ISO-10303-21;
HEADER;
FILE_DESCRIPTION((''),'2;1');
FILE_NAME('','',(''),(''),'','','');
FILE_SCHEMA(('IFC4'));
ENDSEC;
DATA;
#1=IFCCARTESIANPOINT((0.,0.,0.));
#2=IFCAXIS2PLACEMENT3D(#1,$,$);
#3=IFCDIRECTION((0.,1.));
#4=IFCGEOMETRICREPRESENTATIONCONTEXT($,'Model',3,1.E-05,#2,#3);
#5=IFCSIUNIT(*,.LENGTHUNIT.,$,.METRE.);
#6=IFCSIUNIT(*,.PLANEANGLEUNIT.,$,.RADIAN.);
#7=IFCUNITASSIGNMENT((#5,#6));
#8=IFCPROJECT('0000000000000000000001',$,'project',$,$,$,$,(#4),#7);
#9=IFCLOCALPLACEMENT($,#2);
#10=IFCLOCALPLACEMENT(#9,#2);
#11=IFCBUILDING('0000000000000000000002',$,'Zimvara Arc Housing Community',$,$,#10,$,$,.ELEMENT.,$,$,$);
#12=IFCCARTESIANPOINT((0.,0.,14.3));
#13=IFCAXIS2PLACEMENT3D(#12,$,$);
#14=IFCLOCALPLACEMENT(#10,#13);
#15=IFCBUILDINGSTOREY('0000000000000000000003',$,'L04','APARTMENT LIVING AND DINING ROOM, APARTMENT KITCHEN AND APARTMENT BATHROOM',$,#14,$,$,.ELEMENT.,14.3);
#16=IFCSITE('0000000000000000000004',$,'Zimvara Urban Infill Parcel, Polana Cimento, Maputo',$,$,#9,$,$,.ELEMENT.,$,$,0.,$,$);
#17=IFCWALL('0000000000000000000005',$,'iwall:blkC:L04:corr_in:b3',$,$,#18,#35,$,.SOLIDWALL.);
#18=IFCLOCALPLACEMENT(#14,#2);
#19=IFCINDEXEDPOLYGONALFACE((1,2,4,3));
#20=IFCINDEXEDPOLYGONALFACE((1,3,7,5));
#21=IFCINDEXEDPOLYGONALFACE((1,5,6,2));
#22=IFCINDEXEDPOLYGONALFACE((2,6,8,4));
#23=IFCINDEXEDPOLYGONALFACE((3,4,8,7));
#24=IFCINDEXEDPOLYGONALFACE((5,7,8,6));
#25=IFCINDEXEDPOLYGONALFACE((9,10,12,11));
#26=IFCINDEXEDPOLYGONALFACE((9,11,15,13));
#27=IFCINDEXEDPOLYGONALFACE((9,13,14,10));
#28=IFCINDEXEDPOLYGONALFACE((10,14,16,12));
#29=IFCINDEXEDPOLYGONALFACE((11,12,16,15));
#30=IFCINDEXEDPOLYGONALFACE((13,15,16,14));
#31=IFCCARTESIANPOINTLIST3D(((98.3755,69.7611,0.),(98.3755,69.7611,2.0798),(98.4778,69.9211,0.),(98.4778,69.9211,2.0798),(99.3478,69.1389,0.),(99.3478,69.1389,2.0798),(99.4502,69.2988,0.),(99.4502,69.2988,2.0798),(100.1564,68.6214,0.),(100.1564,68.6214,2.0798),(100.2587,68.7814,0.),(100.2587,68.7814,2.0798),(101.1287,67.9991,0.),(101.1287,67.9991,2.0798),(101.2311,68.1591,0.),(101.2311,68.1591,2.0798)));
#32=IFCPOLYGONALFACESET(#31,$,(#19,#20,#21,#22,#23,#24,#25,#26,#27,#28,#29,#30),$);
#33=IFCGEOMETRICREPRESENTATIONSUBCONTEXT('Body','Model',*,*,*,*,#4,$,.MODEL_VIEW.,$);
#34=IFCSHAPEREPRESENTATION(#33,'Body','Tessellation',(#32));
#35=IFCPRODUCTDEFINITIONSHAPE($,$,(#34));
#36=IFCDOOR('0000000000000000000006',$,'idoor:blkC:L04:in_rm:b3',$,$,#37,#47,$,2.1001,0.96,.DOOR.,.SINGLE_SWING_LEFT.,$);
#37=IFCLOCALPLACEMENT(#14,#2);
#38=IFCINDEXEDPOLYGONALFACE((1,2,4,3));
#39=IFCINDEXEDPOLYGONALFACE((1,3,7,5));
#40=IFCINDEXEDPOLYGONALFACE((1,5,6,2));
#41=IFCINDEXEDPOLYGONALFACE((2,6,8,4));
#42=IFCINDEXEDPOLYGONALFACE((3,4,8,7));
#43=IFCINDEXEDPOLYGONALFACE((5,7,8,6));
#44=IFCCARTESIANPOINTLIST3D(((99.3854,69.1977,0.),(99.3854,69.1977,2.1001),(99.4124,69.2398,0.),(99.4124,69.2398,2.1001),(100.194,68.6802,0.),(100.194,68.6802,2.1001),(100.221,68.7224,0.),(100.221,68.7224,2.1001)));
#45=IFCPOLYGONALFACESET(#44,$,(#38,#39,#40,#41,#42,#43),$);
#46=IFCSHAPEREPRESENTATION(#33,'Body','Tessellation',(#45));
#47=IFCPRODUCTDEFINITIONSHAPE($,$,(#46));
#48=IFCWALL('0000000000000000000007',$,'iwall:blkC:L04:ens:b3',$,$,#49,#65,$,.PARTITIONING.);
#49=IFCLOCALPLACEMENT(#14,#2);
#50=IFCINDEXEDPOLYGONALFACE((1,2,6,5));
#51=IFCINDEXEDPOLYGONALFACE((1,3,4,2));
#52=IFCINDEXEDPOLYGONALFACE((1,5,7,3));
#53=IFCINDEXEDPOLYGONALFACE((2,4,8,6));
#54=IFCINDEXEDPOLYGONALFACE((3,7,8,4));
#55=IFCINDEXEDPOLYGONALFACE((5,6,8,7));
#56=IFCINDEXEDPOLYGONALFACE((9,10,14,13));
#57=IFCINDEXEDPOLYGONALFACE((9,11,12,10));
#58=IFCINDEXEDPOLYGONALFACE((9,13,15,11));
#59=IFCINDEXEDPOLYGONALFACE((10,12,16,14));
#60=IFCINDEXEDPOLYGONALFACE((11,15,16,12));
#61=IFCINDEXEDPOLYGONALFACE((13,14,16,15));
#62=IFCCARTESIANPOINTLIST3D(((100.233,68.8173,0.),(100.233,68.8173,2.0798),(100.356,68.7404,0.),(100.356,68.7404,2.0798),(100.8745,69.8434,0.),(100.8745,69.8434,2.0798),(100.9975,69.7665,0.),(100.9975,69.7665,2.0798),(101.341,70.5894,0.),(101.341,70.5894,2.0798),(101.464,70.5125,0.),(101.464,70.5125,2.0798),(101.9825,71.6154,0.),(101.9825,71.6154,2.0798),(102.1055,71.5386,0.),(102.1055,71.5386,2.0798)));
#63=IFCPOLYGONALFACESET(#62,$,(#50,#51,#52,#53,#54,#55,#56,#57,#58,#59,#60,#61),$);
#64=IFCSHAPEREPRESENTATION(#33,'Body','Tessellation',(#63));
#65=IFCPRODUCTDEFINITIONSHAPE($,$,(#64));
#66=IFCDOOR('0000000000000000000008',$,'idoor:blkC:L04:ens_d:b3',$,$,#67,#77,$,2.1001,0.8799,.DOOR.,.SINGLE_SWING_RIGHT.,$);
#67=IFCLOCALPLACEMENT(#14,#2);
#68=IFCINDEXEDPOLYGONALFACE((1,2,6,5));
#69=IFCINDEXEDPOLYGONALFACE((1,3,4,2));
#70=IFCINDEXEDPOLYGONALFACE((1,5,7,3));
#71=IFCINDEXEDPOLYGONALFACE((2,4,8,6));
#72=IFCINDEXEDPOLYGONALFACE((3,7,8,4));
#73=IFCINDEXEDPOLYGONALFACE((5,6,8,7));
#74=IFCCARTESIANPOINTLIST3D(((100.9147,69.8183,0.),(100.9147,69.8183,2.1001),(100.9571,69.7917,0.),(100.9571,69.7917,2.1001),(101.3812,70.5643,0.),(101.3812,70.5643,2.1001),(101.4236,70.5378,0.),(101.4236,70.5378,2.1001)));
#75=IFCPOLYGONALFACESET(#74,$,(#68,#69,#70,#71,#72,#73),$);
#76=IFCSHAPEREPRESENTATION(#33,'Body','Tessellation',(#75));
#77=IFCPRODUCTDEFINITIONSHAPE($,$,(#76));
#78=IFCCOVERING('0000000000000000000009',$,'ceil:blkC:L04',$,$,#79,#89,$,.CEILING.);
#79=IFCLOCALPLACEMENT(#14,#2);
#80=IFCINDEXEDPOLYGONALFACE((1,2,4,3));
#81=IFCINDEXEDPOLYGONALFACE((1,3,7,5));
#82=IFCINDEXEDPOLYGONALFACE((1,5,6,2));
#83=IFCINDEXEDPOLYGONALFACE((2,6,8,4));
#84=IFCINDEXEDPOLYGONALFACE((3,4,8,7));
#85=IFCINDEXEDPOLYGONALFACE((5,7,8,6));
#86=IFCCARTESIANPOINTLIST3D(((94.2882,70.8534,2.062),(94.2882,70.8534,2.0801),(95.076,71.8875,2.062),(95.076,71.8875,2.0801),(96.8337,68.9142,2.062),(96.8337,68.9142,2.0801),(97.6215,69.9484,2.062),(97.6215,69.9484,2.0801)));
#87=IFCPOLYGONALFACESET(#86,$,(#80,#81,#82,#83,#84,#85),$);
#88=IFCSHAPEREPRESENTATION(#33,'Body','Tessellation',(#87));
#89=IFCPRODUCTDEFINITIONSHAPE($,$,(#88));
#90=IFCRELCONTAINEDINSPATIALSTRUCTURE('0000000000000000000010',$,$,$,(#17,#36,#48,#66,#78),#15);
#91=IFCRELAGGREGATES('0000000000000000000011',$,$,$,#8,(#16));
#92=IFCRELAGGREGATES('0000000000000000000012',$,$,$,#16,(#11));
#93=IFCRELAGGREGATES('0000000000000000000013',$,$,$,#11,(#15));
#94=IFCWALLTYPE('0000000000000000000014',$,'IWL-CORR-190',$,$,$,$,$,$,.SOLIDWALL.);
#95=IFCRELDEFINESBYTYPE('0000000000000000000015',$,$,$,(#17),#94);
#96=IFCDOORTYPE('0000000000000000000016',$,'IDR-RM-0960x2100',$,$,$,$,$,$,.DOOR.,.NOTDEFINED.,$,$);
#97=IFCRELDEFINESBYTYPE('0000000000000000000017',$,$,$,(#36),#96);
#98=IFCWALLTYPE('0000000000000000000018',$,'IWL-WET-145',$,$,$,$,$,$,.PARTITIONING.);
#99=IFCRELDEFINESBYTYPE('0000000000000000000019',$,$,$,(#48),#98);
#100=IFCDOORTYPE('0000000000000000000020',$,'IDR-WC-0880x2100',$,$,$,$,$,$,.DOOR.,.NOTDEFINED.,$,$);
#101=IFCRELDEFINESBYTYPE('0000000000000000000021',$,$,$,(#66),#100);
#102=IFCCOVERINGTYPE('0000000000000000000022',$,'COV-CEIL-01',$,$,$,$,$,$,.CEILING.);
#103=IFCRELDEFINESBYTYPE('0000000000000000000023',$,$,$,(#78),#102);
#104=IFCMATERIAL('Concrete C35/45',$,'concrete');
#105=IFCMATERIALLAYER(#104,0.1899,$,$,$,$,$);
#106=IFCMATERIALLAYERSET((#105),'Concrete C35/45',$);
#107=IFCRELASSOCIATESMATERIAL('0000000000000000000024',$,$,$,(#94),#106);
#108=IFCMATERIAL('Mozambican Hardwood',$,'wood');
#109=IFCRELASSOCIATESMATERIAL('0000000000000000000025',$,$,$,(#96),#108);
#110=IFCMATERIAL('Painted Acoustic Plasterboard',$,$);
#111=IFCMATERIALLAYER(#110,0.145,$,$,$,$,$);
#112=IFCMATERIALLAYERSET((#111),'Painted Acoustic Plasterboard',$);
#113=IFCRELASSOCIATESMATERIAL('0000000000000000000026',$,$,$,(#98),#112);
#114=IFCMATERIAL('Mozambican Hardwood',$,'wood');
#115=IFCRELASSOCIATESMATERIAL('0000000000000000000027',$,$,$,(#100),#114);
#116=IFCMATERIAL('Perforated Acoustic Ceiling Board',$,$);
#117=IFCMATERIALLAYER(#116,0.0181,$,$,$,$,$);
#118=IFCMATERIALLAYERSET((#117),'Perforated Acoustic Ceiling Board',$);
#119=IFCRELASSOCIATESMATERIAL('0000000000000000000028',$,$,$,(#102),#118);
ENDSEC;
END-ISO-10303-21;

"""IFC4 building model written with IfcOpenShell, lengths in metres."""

from ifc_helpers import new_model, si_unit, direction, frame, frame_2d, origin, origin_2d, place, context, subcontext, project, spatial, rectangle, extrude, material, layer, layer_set, type_object, element, fill, save


model = new_model("IFC4")

# Units and contexts
model_context = context("Model", 3, precision=1e-05, world=origin(), true_north=direction((0.0, 1.0)))
body_context = subcontext(model_context, "Body", "Model", "MODEL_VIEW")
ifc_project = project(units=[si_unit("LENGTHUNIT", "METRE"), si_unit("PLANEANGLEUNIT", "RADIAN")], contexts=[model_context])

# Site, building, storey
site_placement = place(None, origin())
site = spatial("IfcSite", under=ifc_project, at=site_placement, Name="Zimvara Urban Infill Parcel, Polana Cimento, Maputo", CompositionType="ELEMENT", RefElevation=0.0)
building_placement = place(site_placement, origin())
building = spatial("IfcBuilding", under=site, at=building_placement, Name="Zimvara Arc Housing Community", CompositionType="ELEMENT")
storey_placement = place(building_placement, frame((0.0, 0.0, 14.3)))
storey = spatial("IfcBuildingStorey", under=building, at=storey_placement, Name="L04", Description="APARTMENT LIVING AND DINING ROOM, APARTMENT KITCHEN AND APARTMENT BATHROOM", CompositionType="ELEMENT", Elevation=14.3)

# Walls, openings, doors
ifc_material_1 = material(Name="Concrete C35/45", Category="concrete")
ifc_layer_1 = layer(ifc_material_1, 0.1899)
ifc_layer_set_1 = layer_set([ifc_layer_1], Name="Concrete C35/45")
wall_type_1 = type_object("IfcWallType", Name="IWL-CORR-190", PredefinedType="SOLIDWALL", material=ifc_layer_set_1)
wall_1_placement = place(storey_placement, frame((98.4268, 69.8411, 0.0), z_axis=(0.0, 0.0, 1.0), x_axis=(0.842281, -0.539039, 0.0)))
wall_1 = element("IfcWall", 1, at=wall_1_placement, inside=storey, type_object=wall_type_1, Name="iwall:blkC:L04:corr_in:b3", PredefinedType="SOLIDWALL", context=body_context, shape_type="SweptSolid", body=[
    extrude(rectangle(XDim=3.2688, YDim=0.1899, at=frame_2d((1.6343, 0.0))), origin(), (0.0, 0.0, 1.0), 2.0798),
])
opening_1_placement = place(wall_1_placement, frame((1.1543, 0.0, 0.0)))
opening_1 = element("IfcOpeningElement", 2, at=opening_1_placement, cuts=wall_1, PredefinedType="OPENING", context=body_context, shape_type="SweptSolid", body=[
    extrude(rectangle(XDim=0.96, YDim=2.1001, at=frame_2d((0.48, 1.05))), frame((0.0, 0.105, 0.0), z_axis=(0.0, -1.0, 0.0), x_axis=(1.0, 0.0, 0.0)), (0.0, 0.0, 1.0), 0.21),
])
ifc_material_2 = material(Name="Mozambican Hardwood", Category="wood")
door_type_1 = type_object("IfcDoorType", Name="IDR-RM-0960x2100", OperationType="NOTDEFINED", PredefinedType="DOOR", material=ifc_material_2)
door_1_placement = place(opening_1_placement, origin())
door_1 = element("IfcDoor", 3, at=door_1_placement, inside=storey, type_object=door_type_1, Name="idoor:blkC:L04:in_rm:b3", OperationType="SINGLE_SWING_LEFT", OverallHeight=2.1001, OverallWidth=0.96, PredefinedType="DOOR", context=body_context, shape_type="SweptSolid", body=[
    extrude(rectangle(XDim=0.96, YDim=2.1001, at=frame_2d((0.48, 1.05))), frame((0.0, 0.0249, 0.0), z_axis=(0.0, -1.0, 0.0), x_axis=(1.0, 0.0, 0.0)), (0.0, 0.0, 1.0), 0.05),
])
fill(opening_1, door_1)
ifc_material_3 = material(Name="Painted Acoustic Plasterboard")
ifc_layer_2 = layer(ifc_material_3, 0.145)
ifc_layer_set_2 = layer_set([ifc_layer_2], Name="Painted Acoustic Plasterboard")
wall_type_2 = type_object("IfcWallType", Name="IWL-WET-145", PredefinedType="PARTITIONING", material=ifc_layer_set_2)
wall_2_placement = place(storey_placement, frame((102.0439, 71.5769, 0.0), z_axis=(0.0, 0.0, 1.0), x_axis=(-0.530152, -0.847903, 0.0)))
wall_2 = element("IfcWall", 4, at=wall_2_placement, inside=storey, type_object=wall_type_2, Name="iwall:blkC:L04:ens:b3", PredefinedType="PARTITIONING", context=body_context, shape_type="SweptSolid", body=[
    extrude(rectangle(XDim=3.3, YDim=0.145, at=frame_2d((1.6499, 0.0))), origin(), (0.0, 0.0, 1.0), 2.0798),
])
opening_2_placement = place(wall_2_placement, frame((1.21, 0.0, 0.0)))
opening_2 = element("IfcOpeningElement", 5, at=opening_2_placement, cuts=wall_2, PredefinedType="OPENING", context=body_context, shape_type="SweptSolid", body=[
    extrude(rectangle(XDim=0.8799, YDim=2.1001, at=frame_2d((0.4399, 1.05))), frame((0.0, 0.0825, 0.0), z_axis=(0.0, -1.0, 0.0), x_axis=(1.0, 0.0, 0.0)), (0.0, 0.0, 1.0), 0.165),
])
ifc_material_4 = material(Name="Mozambican Hardwood", Category="wood")
door_type_2 = type_object("IfcDoorType", Name="IDR-WC-0880x2100", OperationType="NOTDEFINED", PredefinedType="DOOR", material=ifc_material_4)
door_2_placement = place(opening_2_placement, origin())
door_2 = element("IfcDoor", 6, at=door_2_placement, inside=storey, type_object=door_type_2, Name="idoor:blkC:L04:ens_d:b3", OperationType="SINGLE_SWING_RIGHT", OverallHeight=2.1001, OverallWidth=0.8799, PredefinedType="DOOR", context=body_context, shape_type="SweptSolid", body=[
    extrude(rectangle(XDim=0.8799, YDim=2.1001, at=frame_2d((0.4399, 1.05))), frame((0.0, 0.0249, 0.0), z_axis=(0.0, -1.0, 0.0), x_axis=(1.0, 0.0, 0.0)), (0.0, 0.0, 1.0), 0.05),
])
fill(opening_2, door_2)

# Covering
ifc_material_5 = material(Name="Perforated Acoustic Ceiling Board")
ifc_layer_3 = layer(ifc_material_5, 0.0181)
ifc_layer_set_3 = layer_set([ifc_layer_3], Name="Perforated Acoustic Ceiling Board")
covering_type = type_object("IfcCoveringType", Name="COV-CEIL-01", PredefinedType="CEILING", material=ifc_layer_set_3)
covering_placement = place(storey_placement, frame((95.9548, 70.4009, 2.062), z_axis=(0.0, 0.0, 1.0), x_axis=(-0.605988, -0.795473, 0.0)))
element("IfcCovering", 7, at=covering_placement, inside=storey, type_object=covering_type, Name="ceil:blkC:L04", PredefinedType="CEILING", context=body_context, shape_type="SweptSolid", body=[
    extrude(rectangle(XDim=1.3, YDim=3.2, at=origin_2d()), origin(), (0.0, 0.0, 1.0), 0.0181),
])

save(model, "model.ifc")
